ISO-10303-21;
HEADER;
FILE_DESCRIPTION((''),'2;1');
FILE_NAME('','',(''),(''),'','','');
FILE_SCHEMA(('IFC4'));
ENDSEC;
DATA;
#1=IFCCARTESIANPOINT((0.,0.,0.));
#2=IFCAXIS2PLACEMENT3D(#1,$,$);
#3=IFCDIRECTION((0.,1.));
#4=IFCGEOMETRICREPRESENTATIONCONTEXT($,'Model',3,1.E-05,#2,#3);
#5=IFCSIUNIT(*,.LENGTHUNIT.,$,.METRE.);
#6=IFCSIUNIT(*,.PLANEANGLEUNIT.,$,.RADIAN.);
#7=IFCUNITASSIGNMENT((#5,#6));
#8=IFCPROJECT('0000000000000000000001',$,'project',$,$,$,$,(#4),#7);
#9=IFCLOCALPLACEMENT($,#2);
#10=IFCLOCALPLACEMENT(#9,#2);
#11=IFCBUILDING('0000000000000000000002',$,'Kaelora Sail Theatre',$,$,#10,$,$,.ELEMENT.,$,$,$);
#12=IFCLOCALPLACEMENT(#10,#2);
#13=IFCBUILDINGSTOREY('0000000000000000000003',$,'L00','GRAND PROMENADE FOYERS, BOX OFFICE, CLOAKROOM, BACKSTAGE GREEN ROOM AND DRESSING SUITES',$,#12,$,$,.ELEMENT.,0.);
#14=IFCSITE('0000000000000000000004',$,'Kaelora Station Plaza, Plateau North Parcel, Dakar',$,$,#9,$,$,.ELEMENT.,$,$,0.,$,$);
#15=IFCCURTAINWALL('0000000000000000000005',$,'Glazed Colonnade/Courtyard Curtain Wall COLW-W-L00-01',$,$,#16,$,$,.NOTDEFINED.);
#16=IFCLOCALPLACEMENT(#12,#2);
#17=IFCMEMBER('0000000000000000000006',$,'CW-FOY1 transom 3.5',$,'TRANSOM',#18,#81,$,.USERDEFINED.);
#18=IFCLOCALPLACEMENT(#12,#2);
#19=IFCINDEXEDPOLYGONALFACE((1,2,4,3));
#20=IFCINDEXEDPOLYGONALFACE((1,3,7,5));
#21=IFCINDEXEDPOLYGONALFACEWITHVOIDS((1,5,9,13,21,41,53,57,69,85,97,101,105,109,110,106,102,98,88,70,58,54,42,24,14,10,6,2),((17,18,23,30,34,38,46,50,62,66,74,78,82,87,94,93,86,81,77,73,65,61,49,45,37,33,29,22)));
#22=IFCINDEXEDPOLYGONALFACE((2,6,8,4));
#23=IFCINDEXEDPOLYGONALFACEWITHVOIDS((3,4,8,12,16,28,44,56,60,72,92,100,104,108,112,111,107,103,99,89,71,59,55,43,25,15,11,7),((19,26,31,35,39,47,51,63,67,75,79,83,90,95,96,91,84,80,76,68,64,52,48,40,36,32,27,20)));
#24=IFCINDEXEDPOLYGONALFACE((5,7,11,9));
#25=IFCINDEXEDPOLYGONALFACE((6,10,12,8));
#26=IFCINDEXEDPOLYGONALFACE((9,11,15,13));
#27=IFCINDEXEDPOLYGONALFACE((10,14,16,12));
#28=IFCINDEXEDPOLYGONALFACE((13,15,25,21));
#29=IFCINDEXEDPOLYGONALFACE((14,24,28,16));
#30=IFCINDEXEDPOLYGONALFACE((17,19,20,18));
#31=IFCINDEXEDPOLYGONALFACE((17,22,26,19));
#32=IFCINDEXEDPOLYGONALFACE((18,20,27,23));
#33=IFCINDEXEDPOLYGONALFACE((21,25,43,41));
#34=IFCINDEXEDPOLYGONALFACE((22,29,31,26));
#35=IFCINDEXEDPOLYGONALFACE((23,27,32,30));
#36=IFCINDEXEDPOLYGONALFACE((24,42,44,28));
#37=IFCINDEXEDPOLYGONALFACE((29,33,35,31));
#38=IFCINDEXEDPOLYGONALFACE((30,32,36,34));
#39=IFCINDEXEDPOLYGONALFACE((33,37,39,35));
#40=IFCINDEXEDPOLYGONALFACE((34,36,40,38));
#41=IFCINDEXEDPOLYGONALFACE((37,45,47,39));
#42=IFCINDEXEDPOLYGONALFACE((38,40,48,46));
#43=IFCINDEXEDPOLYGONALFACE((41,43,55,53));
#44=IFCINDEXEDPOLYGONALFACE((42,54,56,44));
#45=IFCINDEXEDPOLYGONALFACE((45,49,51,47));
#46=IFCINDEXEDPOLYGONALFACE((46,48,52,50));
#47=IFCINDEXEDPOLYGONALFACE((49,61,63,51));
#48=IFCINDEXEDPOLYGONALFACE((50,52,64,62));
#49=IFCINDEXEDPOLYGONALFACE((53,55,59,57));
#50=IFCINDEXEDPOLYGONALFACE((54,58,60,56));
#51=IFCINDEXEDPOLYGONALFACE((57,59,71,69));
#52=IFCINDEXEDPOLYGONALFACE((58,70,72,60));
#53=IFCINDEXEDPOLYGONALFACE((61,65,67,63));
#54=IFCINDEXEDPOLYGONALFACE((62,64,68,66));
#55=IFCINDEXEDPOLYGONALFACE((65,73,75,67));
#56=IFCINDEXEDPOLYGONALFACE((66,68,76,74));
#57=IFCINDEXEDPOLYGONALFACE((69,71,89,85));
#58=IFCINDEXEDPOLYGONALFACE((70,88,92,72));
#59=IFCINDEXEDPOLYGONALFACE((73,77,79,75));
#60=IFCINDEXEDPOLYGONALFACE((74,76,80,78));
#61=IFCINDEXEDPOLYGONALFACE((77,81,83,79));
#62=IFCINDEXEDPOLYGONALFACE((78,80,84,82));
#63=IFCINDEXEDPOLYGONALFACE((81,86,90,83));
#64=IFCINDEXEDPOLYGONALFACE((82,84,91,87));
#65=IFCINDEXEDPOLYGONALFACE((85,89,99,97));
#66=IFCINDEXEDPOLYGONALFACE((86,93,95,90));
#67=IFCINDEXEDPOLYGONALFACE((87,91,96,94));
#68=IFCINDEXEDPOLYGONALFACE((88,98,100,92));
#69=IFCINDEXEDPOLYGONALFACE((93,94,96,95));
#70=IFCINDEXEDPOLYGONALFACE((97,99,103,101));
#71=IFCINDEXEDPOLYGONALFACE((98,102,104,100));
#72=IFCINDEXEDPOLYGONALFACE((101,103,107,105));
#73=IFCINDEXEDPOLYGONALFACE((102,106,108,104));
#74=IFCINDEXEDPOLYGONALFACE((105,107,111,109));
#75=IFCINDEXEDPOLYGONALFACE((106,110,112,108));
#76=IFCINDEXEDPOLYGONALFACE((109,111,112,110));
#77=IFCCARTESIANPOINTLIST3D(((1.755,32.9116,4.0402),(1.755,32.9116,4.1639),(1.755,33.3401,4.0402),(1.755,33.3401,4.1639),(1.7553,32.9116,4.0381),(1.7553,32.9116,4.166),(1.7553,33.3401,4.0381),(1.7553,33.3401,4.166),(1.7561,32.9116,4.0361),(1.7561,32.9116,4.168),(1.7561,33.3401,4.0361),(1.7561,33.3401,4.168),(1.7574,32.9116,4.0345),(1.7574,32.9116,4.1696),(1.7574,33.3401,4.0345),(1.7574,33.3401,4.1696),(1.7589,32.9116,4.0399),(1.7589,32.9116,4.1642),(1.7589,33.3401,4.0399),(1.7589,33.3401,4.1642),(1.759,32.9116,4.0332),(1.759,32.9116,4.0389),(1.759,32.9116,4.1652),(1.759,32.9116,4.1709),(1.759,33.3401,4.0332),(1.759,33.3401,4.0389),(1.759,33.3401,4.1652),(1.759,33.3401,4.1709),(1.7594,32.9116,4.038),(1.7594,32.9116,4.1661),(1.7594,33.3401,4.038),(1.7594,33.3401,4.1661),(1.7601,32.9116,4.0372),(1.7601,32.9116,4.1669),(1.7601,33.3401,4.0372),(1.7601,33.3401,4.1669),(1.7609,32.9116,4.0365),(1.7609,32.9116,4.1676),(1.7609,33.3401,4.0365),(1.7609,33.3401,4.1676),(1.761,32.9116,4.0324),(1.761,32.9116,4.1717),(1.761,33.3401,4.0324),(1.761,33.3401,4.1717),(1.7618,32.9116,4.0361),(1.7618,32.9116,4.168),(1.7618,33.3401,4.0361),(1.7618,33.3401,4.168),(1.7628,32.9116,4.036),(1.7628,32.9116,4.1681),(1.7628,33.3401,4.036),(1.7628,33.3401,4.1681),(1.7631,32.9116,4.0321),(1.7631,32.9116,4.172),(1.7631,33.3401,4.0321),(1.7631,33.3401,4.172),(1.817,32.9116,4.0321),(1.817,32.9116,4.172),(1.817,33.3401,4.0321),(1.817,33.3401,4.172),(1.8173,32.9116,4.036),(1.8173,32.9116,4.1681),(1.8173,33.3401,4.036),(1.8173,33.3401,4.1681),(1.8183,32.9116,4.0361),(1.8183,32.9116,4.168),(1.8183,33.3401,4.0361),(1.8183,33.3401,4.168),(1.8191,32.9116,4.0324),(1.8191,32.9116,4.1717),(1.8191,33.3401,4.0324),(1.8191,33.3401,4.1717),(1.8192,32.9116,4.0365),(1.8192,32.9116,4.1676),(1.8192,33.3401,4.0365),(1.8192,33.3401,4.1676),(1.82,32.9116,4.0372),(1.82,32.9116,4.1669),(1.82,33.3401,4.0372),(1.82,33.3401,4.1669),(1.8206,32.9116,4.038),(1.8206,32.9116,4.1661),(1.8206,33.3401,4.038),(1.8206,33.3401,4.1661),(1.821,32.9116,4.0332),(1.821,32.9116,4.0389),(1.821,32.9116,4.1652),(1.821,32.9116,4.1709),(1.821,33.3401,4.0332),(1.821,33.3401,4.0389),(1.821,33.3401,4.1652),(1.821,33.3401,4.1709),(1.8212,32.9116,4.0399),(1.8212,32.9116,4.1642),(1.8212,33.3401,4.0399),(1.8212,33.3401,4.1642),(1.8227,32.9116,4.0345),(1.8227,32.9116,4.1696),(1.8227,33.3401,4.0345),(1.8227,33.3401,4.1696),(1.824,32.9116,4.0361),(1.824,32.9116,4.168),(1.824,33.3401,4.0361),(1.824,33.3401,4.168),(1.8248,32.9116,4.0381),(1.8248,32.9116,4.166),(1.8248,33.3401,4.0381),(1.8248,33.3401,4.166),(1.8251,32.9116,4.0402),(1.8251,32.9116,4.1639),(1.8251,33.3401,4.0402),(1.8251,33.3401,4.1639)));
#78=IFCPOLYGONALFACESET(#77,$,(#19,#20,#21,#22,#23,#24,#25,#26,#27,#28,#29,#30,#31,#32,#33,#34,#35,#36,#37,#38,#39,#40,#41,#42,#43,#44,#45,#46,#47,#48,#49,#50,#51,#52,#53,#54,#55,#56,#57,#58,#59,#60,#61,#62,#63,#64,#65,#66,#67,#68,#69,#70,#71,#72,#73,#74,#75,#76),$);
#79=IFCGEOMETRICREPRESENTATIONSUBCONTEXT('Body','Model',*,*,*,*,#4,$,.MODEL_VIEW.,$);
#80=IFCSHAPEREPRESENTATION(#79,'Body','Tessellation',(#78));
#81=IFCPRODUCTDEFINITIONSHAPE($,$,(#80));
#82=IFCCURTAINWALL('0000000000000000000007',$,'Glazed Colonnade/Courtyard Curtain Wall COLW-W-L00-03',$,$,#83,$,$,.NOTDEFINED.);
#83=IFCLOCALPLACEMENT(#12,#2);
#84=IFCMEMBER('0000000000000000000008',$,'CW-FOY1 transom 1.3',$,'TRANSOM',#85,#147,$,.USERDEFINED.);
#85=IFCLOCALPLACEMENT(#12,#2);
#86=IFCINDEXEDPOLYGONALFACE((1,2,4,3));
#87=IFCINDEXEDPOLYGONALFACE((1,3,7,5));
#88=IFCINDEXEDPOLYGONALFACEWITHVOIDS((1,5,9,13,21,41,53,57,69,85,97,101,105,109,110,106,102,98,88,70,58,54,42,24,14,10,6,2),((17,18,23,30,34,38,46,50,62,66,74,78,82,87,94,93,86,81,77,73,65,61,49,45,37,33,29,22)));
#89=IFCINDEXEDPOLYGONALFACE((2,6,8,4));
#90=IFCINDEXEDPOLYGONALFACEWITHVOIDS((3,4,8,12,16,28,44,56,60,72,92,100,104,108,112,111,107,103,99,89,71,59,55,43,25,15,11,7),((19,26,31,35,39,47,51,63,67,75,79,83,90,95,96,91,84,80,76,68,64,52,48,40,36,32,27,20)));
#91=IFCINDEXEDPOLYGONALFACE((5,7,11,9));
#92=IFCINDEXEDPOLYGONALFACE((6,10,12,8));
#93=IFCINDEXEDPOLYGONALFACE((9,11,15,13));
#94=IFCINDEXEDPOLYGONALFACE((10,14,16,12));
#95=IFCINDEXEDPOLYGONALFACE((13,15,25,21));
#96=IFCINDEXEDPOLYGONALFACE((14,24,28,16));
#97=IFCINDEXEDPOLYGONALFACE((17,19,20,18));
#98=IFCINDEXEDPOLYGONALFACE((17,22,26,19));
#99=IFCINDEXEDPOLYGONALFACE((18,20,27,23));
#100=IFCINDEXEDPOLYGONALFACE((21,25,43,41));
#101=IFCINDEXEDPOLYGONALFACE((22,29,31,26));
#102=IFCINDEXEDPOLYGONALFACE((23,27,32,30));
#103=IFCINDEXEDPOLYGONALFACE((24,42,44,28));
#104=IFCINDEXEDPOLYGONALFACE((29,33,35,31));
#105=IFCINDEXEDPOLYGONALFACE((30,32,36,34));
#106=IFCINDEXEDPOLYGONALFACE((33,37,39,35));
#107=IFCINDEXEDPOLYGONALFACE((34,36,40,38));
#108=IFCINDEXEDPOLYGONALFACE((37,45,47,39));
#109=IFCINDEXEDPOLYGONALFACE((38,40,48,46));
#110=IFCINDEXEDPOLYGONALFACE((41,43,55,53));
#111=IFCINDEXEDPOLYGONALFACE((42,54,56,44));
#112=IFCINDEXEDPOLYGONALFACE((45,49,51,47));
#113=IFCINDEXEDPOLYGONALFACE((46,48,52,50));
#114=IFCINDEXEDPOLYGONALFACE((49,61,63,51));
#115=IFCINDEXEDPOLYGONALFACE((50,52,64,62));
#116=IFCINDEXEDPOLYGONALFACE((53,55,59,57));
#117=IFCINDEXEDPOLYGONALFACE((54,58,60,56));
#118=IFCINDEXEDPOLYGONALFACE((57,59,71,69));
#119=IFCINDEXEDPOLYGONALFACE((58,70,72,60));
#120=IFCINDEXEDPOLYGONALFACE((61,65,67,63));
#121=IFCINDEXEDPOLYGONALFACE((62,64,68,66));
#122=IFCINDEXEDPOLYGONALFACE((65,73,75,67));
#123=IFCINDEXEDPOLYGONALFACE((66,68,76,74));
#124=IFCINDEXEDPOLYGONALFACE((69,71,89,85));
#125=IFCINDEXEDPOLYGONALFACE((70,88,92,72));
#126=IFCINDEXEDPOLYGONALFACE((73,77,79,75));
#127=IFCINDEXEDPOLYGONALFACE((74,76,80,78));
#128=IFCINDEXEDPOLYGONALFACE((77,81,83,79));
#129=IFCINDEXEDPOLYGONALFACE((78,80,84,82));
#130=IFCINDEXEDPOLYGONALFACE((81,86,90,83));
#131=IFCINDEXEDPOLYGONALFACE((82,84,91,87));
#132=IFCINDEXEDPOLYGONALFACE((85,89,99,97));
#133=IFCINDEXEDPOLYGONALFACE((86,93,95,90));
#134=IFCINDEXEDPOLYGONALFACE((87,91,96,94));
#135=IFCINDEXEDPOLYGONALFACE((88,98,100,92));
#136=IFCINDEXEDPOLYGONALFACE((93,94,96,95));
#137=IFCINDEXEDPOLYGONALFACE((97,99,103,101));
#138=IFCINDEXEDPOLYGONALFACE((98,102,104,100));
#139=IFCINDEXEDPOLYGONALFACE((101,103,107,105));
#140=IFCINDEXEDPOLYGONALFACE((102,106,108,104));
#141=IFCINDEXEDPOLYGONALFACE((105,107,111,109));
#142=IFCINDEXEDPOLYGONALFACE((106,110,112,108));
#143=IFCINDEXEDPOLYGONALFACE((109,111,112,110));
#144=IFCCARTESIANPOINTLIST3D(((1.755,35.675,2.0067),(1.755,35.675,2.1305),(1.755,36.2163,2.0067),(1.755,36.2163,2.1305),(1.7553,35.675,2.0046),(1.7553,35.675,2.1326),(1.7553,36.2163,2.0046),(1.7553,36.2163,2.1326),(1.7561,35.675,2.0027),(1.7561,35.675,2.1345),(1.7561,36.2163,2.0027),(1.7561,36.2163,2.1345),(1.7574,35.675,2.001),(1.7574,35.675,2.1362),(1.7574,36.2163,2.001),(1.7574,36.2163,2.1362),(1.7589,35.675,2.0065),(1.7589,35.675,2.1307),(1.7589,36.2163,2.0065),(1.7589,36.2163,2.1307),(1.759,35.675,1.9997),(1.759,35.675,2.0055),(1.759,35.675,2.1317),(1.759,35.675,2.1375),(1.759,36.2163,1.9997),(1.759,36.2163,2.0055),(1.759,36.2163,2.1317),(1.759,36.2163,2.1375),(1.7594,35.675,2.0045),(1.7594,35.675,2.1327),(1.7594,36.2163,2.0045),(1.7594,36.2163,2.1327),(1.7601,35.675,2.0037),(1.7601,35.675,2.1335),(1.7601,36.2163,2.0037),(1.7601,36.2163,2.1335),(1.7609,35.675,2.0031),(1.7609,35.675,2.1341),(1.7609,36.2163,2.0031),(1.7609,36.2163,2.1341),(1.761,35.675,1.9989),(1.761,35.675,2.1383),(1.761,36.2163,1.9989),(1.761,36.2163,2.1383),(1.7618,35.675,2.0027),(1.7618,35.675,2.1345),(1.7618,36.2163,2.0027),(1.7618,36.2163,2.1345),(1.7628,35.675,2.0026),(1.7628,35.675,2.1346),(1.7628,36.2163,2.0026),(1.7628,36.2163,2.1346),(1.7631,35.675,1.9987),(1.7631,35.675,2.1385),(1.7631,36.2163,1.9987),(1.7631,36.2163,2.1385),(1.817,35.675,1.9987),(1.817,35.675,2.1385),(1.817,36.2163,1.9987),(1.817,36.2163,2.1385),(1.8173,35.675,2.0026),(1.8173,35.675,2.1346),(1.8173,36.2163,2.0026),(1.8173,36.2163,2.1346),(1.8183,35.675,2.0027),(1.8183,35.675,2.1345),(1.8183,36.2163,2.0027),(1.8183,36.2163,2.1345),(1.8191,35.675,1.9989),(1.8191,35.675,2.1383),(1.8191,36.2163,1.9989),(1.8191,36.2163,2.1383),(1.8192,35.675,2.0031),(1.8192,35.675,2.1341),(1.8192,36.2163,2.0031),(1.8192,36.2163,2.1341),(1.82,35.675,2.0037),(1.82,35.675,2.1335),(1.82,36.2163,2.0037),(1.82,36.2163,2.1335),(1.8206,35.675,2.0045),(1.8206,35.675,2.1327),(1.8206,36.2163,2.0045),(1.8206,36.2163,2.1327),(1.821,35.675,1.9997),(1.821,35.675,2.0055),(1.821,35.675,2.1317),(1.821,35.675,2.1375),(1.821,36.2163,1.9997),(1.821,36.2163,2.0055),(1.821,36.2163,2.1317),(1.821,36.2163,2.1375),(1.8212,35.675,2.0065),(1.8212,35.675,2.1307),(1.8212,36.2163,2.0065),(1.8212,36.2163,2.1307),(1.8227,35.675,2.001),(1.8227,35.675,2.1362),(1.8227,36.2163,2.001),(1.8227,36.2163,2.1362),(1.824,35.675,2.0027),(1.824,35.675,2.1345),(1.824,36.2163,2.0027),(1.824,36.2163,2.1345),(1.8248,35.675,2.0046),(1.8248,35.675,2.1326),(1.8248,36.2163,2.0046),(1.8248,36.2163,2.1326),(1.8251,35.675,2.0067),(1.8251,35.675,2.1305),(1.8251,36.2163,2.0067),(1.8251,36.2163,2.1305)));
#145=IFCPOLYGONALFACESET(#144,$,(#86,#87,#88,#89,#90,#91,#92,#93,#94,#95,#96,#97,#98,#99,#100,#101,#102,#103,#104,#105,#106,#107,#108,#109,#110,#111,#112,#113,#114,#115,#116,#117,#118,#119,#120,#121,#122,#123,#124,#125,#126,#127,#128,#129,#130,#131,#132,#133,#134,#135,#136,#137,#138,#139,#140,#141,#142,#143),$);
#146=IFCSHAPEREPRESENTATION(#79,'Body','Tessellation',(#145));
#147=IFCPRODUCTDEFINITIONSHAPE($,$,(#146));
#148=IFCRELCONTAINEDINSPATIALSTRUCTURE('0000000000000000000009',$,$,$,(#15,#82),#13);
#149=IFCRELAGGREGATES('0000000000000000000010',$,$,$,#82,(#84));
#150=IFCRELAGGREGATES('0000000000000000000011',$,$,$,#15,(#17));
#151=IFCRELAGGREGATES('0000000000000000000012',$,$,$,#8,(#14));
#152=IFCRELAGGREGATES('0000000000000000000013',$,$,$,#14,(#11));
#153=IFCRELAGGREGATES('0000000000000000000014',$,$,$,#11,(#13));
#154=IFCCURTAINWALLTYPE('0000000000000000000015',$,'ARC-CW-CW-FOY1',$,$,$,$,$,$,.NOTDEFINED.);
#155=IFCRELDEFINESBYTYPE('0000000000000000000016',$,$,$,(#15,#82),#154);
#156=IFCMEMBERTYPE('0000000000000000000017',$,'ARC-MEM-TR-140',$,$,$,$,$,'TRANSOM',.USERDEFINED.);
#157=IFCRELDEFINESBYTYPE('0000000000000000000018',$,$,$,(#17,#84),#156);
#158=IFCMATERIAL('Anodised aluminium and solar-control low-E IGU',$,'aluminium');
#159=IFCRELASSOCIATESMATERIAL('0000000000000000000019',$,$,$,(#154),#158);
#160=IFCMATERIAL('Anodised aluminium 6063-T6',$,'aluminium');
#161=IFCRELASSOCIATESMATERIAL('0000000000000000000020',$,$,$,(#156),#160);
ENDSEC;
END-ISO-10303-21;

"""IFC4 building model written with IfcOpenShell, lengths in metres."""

from ifc_helpers import new_model, si_unit, direction, frame, origin, origin_2d, place, context, subcontext, project, spatial, hollow_rectangle, extrude, material, material_profile, profile_set, type_object, element, aggregate, save


model = new_model("IFC4")

# Units and contexts
model_context = context("Model", 3, precision=1e-05, world=origin(), true_north=direction((0.0, 1.0)))
body_context = subcontext(model_context, "Body", "Model", "MODEL_VIEW")
ifc_project = project(units=[si_unit("LENGTHUNIT", "METRE"), si_unit("PLANEANGLEUNIT", "RADIAN")], contexts=[model_context])

# Site, building, storey
site_placement = place(None, origin())
site = spatial("IfcSite", under=ifc_project, at=site_placement, Name="Kaelora Station Plaza, Plateau North Parcel, Dakar", CompositionType="ELEMENT", RefElevation=0.0)
building_placement = place(site_placement, origin())
building = spatial("IfcBuilding", under=site, at=building_placement, Name="Kaelora Sail Theatre", CompositionType="ELEMENT")
storey_placement = place(building_placement, origin())
storey = spatial("IfcBuildingStorey", under=building, at=storey_placement, Name="L00", Description="GRAND PROMENADE FOYERS, BOX OFFICE, CLOAKROOM, BACKSTAGE GREEN ROOM AND DRESSING SUITES", CompositionType="ELEMENT", Elevation=0.0)

# Curtain walls, members
ifc_material_1 = material(Name="Anodised aluminium and solar-control low-E IGU", Category="aluminium")
curtain_wall_type = type_object("IfcCurtainWallType", Name="ARC-CW-CW-FOY1", PredefinedType="NOTDEFINED", material=ifc_material_1)
curtain_wall_1_placement = place(storey_placement, origin())
curtain_wall_1 = element("IfcCurtainWall", 1, at=curtain_wall_1_placement, inside=storey, type_object=curtain_wall_type, Name="Glazed Colonnade/Courtyard Curtain Wall COLW-W-L00-01", PredefinedType="NOTDEFINED")
ifc_material_2 = material(Name="Anodised aluminium 6063-T6", Category="aluminium")
ifc_material_profile = material_profile(ifc_material_2, hollow_rectangle(XDim=0.0701, YDim=0.1399, WallThickness=0.0039, InnerFilletRadius=0.0039, OuterFilletRadius=0.0081, at=origin_2d()), Name="ALU-TRAN 70x140x4")
ifc_profile_set = profile_set([ifc_material_profile], Name="Anodised aluminium 6063-T6")
member_type = type_object("IfcMemberType", Name="ARC-MEM-TR-140", ElementType="TRANSOM", PredefinedType="USERDEFINED", material=ifc_profile_set)
member_1_placement = place(storey_placement, frame((1.79, 32.9116, 4.1021), z_axis=(0.0, 1.0, 0.0), x_axis=(-1.0, 0.0, 0.0)))
member_1 = element("IfcMember", 2, at=member_1_placement, type_object=member_type, Name="CW-FOY1 transom 3.5", ObjectType="TRANSOM", PredefinedType="USERDEFINED", context=body_context, shape_type="SweptSolid", body=[
    extrude(hollow_rectangle(XDim=0.0701, YDim=0.1399, WallThickness=0.0039, InnerFilletRadius=0.0039, OuterFilletRadius=0.0081, at=origin_2d()), origin(), (0.0, 0.0, 1.0), 0.4285),
])
curtain_wall_2_placement = place(storey_placement, origin())
curtain_wall_2 = element("IfcCurtainWall", 3, at=curtain_wall_2_placement, inside=storey, type_object=curtain_wall_type, Name="Glazed Colonnade/Courtyard Curtain Wall COLW-W-L00-03", PredefinedType="NOTDEFINED")
member_2_placement = place(storey_placement, frame((1.79, 35.675, 2.0686), z_axis=(0.0, 1.0, 0.0), x_axis=(-1.0, 0.0, 0.0)))
member_2 = element("IfcMember", 4, at=member_2_placement, type_object=member_type, Name="CW-FOY1 transom 1.3", ObjectType="TRANSOM", PredefinedType="USERDEFINED", context=body_context, shape_type="SweptSolid", body=[
    extrude(hollow_rectangle(XDim=0.0701, YDim=0.1399, WallThickness=0.0039, InnerFilletRadius=0.0039, OuterFilletRadius=0.0081, at=origin_2d()), origin(), (0.0, 0.0, 1.0), 0.5413),
])
aggregate(curtain_wall_2, [member_2])

aggregate(curtain_wall_1, [member_1])

save(model, "model.ifc")
